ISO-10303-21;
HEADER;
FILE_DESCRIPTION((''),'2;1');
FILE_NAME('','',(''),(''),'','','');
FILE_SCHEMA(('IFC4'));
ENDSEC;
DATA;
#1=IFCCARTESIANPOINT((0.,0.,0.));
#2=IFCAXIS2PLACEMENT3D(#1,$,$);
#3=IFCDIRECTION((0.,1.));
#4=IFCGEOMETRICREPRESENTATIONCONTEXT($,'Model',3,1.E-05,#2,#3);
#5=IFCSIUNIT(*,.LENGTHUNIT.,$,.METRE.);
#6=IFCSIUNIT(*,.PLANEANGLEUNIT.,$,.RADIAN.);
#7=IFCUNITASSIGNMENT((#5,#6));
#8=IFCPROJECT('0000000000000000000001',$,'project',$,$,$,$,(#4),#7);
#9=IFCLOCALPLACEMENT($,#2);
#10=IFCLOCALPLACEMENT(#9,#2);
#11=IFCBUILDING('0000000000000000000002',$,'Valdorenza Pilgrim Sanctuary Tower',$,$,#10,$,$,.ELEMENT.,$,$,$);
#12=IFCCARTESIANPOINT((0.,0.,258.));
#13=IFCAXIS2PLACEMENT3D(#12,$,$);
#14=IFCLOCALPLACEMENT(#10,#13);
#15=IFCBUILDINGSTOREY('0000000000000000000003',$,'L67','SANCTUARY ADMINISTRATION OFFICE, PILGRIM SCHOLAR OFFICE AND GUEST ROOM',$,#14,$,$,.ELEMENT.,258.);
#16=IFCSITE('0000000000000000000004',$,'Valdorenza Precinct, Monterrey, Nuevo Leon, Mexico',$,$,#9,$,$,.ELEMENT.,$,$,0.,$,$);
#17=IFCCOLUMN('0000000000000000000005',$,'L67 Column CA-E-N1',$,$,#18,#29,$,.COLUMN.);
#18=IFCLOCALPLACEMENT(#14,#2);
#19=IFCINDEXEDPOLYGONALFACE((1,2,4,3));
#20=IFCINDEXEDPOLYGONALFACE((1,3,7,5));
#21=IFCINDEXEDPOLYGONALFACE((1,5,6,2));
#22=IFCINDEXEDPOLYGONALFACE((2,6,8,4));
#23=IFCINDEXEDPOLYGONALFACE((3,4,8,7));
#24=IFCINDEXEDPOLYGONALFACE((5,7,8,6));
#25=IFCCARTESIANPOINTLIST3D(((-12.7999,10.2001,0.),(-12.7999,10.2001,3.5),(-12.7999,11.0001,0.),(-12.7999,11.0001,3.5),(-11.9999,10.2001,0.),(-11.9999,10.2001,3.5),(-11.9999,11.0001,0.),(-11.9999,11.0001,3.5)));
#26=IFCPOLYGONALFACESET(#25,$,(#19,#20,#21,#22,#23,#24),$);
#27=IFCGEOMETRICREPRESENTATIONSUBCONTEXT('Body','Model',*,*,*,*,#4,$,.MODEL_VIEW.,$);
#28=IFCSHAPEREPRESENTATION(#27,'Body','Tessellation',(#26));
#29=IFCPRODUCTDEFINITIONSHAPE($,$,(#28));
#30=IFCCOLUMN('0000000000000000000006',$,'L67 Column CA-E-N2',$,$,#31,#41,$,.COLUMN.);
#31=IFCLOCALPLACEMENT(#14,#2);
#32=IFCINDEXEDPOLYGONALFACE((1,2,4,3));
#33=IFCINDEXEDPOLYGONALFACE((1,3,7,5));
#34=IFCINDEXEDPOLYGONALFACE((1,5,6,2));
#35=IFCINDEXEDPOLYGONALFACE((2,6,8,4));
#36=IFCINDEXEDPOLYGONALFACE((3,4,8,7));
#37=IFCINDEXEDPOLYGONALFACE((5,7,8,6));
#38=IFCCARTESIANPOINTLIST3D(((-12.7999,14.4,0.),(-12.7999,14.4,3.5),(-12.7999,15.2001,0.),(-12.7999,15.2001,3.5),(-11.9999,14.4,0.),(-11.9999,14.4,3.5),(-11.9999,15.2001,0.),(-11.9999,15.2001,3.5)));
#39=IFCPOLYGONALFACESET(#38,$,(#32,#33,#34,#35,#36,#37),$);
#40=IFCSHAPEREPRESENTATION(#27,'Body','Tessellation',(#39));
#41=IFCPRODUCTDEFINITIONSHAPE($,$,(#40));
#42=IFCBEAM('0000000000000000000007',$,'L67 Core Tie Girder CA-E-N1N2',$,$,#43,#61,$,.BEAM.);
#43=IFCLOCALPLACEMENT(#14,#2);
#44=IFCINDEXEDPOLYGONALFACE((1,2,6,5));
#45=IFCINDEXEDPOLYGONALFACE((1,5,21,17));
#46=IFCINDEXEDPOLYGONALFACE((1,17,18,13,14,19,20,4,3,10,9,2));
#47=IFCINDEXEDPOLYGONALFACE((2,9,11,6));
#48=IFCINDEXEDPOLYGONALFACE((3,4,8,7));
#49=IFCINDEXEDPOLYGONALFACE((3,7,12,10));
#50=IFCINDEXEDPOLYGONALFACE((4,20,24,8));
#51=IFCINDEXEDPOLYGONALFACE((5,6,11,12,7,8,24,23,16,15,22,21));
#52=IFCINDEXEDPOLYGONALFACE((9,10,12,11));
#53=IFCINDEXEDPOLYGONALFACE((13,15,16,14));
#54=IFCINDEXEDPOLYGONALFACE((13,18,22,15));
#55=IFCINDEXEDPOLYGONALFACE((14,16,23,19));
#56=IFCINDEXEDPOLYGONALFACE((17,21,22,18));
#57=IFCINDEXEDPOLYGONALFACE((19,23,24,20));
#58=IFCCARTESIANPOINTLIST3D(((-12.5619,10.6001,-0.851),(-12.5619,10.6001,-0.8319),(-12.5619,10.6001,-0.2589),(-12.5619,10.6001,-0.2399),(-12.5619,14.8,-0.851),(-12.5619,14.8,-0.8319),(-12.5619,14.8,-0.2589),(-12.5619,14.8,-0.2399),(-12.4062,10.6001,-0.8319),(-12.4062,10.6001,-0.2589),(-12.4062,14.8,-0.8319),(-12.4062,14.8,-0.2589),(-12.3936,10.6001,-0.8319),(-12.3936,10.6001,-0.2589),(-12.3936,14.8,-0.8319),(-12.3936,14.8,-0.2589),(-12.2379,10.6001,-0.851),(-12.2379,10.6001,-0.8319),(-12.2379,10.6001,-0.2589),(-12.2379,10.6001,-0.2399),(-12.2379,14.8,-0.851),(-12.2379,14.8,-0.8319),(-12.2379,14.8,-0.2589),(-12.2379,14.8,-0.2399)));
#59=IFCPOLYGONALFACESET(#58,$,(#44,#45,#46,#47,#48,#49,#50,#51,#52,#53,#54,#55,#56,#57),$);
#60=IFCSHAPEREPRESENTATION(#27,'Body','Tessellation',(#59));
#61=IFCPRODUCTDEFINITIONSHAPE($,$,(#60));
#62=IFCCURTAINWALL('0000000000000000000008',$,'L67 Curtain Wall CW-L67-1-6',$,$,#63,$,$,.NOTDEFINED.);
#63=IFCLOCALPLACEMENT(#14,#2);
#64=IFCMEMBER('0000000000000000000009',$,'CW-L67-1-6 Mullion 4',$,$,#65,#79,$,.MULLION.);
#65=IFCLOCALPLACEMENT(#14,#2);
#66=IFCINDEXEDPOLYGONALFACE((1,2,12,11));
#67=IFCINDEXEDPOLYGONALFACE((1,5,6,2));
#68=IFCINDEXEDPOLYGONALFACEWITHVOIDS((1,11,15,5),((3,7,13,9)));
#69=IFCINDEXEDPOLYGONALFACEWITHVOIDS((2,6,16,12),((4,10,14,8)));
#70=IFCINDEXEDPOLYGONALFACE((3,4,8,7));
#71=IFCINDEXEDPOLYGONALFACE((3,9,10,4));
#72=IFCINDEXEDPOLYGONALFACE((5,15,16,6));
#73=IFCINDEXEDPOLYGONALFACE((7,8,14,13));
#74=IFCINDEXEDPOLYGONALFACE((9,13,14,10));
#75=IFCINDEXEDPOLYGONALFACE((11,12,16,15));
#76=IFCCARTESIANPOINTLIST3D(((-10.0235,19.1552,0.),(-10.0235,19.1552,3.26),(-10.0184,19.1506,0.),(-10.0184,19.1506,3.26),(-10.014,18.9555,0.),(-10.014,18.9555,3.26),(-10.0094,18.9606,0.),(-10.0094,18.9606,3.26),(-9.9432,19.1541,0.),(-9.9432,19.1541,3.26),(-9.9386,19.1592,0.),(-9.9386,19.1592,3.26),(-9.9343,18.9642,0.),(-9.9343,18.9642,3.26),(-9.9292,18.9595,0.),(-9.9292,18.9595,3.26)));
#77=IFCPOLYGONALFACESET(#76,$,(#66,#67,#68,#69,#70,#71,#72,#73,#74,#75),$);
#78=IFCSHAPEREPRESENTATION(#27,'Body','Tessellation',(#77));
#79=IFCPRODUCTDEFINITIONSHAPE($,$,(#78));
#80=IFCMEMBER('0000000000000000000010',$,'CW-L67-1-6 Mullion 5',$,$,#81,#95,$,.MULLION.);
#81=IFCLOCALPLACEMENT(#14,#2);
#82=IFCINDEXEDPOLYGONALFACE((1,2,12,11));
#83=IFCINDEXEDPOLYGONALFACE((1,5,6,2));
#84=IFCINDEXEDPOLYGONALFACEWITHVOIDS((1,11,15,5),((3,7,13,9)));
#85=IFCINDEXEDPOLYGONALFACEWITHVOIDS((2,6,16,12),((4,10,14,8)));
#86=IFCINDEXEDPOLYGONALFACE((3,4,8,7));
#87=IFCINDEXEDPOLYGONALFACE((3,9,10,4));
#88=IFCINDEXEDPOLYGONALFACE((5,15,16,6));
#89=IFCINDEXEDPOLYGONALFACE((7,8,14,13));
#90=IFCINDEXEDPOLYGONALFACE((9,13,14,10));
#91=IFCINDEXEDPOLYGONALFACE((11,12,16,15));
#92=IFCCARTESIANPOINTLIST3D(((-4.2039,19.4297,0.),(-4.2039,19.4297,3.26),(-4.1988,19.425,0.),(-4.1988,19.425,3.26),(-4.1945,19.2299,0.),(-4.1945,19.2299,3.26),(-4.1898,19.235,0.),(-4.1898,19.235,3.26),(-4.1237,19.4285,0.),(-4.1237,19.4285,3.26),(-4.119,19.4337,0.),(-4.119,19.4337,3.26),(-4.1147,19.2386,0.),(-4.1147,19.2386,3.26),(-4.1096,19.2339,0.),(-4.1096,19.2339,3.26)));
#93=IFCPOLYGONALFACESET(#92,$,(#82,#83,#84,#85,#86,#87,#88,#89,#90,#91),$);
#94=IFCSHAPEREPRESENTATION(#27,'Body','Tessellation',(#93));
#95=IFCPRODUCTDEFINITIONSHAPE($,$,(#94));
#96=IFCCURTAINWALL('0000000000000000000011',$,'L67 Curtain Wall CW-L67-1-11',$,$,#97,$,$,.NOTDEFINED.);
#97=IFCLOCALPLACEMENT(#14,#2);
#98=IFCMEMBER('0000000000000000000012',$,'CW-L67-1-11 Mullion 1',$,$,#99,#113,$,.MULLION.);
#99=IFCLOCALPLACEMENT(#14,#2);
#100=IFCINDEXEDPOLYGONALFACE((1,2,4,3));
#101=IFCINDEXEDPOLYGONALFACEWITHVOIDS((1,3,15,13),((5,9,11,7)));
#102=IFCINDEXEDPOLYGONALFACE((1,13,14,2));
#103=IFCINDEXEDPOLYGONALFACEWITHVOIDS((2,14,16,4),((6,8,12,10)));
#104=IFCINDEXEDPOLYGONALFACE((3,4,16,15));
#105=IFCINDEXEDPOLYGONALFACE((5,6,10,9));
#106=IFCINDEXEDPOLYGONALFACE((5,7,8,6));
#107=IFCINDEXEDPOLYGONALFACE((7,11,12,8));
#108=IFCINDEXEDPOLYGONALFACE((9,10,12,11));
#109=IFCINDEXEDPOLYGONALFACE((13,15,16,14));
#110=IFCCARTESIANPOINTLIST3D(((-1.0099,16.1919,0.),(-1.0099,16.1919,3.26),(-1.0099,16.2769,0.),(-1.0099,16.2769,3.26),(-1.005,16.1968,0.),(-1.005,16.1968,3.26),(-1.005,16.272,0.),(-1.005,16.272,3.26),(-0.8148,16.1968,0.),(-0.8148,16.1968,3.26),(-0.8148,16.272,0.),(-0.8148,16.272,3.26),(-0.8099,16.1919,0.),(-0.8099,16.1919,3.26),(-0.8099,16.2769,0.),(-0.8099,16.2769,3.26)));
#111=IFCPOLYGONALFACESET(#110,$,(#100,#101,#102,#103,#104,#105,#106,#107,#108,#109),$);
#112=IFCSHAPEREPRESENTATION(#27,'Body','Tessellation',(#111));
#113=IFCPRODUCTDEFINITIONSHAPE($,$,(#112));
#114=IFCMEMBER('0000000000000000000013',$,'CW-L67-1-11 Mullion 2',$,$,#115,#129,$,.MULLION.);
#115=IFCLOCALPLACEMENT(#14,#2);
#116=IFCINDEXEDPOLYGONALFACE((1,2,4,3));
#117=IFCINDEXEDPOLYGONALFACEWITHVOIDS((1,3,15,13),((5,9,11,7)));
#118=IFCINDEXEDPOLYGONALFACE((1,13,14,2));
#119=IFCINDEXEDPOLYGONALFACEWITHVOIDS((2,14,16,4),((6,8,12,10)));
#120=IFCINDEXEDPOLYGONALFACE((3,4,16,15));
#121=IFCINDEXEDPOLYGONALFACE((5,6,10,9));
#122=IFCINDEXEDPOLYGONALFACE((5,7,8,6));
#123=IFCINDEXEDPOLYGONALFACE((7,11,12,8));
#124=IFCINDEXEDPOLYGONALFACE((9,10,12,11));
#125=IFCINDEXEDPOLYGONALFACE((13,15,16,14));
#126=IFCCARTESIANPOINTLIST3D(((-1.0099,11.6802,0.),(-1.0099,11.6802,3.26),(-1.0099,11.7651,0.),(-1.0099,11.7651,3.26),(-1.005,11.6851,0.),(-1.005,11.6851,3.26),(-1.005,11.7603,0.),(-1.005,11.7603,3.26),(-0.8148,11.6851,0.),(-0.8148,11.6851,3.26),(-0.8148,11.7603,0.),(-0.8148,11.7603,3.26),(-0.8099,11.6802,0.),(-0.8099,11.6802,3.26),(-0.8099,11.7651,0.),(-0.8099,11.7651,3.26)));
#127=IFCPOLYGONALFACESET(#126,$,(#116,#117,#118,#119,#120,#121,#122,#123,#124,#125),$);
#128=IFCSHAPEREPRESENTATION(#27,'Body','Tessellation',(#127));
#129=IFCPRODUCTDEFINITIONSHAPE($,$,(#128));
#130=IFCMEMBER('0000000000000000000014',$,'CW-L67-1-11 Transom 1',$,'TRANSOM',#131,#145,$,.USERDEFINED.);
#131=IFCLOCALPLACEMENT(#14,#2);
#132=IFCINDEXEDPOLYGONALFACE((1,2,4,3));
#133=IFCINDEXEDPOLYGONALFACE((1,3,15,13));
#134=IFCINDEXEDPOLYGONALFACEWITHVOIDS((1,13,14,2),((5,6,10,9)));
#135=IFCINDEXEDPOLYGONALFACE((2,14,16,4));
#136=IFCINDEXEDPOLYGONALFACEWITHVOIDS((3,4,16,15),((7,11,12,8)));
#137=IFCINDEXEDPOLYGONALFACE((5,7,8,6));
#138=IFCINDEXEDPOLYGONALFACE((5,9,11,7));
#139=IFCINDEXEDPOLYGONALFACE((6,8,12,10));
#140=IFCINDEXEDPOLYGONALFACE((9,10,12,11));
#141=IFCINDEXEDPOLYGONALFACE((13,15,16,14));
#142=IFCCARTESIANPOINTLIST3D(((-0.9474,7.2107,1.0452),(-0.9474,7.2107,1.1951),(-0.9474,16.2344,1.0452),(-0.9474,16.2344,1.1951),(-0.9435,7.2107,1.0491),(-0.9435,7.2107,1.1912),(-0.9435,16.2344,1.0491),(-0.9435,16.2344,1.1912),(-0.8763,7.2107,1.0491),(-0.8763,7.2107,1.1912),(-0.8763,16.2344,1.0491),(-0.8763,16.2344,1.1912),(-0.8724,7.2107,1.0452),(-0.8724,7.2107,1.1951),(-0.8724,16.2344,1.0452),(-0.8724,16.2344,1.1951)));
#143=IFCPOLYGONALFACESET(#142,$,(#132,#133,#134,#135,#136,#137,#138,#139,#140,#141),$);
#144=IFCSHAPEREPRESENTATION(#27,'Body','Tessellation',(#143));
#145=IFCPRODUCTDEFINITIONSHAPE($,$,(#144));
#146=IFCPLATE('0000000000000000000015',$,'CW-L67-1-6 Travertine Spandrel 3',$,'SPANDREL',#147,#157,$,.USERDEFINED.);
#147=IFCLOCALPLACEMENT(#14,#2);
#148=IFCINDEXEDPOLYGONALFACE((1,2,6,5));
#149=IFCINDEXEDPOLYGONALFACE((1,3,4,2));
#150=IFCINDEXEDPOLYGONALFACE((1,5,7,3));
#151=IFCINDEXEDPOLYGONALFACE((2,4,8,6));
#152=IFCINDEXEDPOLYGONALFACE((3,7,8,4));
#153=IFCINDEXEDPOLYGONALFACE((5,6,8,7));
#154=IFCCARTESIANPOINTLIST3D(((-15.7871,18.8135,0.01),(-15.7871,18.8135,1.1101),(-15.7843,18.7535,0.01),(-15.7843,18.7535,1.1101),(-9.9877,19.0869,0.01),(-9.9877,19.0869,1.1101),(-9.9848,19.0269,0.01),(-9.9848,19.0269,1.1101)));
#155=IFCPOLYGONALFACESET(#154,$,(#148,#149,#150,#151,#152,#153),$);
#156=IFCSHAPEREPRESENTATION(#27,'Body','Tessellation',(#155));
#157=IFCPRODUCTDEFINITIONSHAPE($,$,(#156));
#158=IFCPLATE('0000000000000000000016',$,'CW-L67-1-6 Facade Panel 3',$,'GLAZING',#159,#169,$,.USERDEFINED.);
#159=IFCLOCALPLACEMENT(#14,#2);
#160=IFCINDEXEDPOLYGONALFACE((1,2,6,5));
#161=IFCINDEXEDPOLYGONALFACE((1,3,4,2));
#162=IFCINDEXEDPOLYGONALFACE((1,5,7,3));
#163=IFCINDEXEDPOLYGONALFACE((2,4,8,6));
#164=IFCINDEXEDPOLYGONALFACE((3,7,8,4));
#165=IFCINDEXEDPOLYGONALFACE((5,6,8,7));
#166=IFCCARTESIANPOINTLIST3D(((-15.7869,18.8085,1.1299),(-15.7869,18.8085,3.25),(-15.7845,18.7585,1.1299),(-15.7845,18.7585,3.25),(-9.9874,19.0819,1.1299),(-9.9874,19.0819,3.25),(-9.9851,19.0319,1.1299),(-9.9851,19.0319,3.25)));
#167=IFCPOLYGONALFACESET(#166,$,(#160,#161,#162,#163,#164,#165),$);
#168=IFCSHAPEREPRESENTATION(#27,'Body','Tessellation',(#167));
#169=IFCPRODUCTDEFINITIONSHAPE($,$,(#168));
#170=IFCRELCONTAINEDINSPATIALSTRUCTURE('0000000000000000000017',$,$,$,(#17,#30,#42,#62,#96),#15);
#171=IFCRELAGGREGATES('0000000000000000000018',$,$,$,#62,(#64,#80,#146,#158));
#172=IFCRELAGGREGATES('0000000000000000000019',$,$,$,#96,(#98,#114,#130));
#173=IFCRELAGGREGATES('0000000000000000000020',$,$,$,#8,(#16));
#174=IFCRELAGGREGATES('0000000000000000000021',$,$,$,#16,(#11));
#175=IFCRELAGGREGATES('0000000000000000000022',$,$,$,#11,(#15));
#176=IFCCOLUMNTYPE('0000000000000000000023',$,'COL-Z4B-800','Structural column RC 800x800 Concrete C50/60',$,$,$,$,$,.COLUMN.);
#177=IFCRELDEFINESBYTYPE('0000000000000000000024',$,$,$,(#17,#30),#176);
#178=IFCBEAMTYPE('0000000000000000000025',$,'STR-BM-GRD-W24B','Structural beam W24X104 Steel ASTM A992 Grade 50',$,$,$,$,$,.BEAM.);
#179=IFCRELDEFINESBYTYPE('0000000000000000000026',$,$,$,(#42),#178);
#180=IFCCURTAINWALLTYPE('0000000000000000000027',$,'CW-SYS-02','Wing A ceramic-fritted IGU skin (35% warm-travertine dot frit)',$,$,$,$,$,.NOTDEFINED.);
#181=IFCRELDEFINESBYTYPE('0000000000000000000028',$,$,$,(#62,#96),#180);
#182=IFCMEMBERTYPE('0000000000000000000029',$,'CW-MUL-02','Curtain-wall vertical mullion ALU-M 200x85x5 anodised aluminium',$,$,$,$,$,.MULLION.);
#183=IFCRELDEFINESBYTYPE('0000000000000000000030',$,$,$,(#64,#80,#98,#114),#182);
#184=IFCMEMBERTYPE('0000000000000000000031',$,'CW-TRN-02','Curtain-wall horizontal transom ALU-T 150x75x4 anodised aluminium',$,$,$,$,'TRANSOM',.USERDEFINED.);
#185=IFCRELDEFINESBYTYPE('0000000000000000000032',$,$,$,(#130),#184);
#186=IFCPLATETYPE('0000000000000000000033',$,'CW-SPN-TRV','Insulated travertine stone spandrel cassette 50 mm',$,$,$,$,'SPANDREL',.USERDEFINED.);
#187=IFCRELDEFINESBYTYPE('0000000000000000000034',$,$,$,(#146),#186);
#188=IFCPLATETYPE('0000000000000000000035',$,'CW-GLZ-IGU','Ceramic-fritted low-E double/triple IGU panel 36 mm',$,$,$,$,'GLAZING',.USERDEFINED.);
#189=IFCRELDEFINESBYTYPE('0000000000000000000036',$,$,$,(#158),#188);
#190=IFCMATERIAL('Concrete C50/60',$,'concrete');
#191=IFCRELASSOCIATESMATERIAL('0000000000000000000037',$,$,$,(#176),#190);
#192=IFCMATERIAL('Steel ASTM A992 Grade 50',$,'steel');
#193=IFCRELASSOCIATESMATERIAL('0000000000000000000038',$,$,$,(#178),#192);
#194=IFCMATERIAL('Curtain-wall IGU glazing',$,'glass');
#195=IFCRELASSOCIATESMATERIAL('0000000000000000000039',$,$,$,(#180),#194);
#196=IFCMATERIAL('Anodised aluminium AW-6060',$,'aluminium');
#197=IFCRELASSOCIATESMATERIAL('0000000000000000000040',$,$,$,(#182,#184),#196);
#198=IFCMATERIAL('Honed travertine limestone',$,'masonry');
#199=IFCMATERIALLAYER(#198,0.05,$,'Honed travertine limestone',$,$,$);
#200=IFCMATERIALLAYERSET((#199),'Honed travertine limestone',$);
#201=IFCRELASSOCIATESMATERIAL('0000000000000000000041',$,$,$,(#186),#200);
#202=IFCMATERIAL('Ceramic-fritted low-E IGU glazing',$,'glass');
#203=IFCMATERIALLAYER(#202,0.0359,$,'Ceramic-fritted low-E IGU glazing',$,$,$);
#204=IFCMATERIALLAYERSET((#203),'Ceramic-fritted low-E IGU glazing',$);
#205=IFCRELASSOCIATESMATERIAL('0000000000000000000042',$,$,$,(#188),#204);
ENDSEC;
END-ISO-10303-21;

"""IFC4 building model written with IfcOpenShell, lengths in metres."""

from ifc_helpers import new_model, si_unit, direction, frame, origin, origin_2d, place, context, subcontext, project, spatial, rectangle, hollow_rectangle, i_section, extrude, source, transform, mapped, material, layer, layer_set, material_profile, profile_set, type_object, element, aggregate, save


model = new_model("IFC4")

# Units and contexts
model_context = context("Model", 3, precision=1e-05, world=origin(), true_north=direction((0.0, 1.0)))
body_context = subcontext(model_context, "Body", "Model", "MODEL_VIEW")
ifc_project = project(units=[si_unit("LENGTHUNIT", "METRE"), si_unit("PLANEANGLEUNIT", "RADIAN")], contexts=[model_context])

# Site, building, storey
site_placement = place(None, origin())
site = spatial("IfcSite", under=ifc_project, at=site_placement, Name="Valdorenza Precinct, Monterrey, Nuevo Leon, Mexico", CompositionType="ELEMENT", RefElevation=0.0)
building_placement = place(site_placement, origin())
building = spatial("IfcBuilding", under=site, at=building_placement, Name="Valdorenza Pilgrim Sanctuary Tower", CompositionType="ELEMENT")
storey_placement = place(building_placement, frame((0.0, 0.0, 258.0)))
storey = spatial("IfcBuildingStorey", under=building, at=storey_placement, Name="L67", Description="SANCTUARY ADMINISTRATION OFFICE, PILGRIM SCHOLAR OFFICE AND GUEST ROOM", CompositionType="ELEMENT", Elevation=258.0)

# Columns
ifc_material_1 = material(Name="Concrete C50/60", Category="concrete")
ifc_material_profile_1 = material_profile(ifc_material_1, rectangle(XDim=0.8, YDim=0.8, at=origin_2d()), Name="RC 800x800")
ifc_profile_set_1 = profile_set([ifc_material_profile_1], Name="Concrete C50/60")
column_type = type_object("IfcColumnType", Name="COL-Z4B-800", Description="Structural column RC 800x800 Concrete C50/60", PredefinedType="COLUMN", material=ifc_profile_set_1)
shared_shape_1 = source(origin(), body_context, "Body", "SweptSolid", [
    extrude(rectangle(XDim=0.8, YDim=0.8, at=origin_2d()), origin(), (0.0, 0.0, 1.0), 3.5),
])
for number, where, z_axis, x_axis, name in (
    (1, (-12.3999, 10.6001, 0.0), (0.0, 0.0, 1.0), (1.0, 0.0, 0.0), "L67 Column CA-E-N1"),
    (2, (-12.3999, 14.8, 0.0), (0.0, 0.0, 1.0), (1.0, 0.0, 0.0), "L67 Column CA-E-N2"),
):
    element("IfcColumn", number, at=place(storey_placement, frame(where, z_axis=z_axis, x_axis=x_axis)), inside=storey, type_object=column_type, Name=name, PredefinedType="COLUMN", context=body_context, shape_type="MappedRepresentation", body=[
        mapped(shared_shape_1, transform((0.0, 0.0, 0.0), x_axis=(1.0, 0.0, 0.0), y_axis=(0.0, 1.0, 0.0), z_axis=(0.0, 0.0, 1.0), scale=1.0)),
    ])

# Beam
ifc_material_2 = material(Name="Steel ASTM A992 Grade 50", Category="steel")
ifc_material_profile_2 = material_profile(ifc_material_2, i_section(OverallWidth=0.324, OverallDepth=0.6111, WebThickness=0.0127, FlangeThickness=0.019, at=origin_2d()), Name="W24X104")
ifc_profile_set_2 = profile_set([ifc_material_profile_2], Name="Steel ASTM A992 Grade 50")
beam_type = type_object("IfcBeamType", Name="STR-BM-GRD-W24B", Description="Structural beam W24X104 Steel ASTM A992 Grade 50", PredefinedType="BEAM", material=ifc_profile_set_2)
shared_shape_2 = source(origin(), body_context, "Body", "SweptSolid", [
    extrude(i_section(OverallWidth=0.324, OverallDepth=0.6111, WebThickness=0.0127, FlangeThickness=0.019, at=origin_2d()), origin(), (0.0, 0.0, 1.0), 4.2),
])
beam_placement = place(storey_placement, frame((-12.3999, 10.6001, -0.5454), z_axis=(0.0, 1.0, 0.0), x_axis=(-1.0, 0.0, 0.0)))
element("IfcBeam", 3, at=beam_placement, inside=storey, type_object=beam_type, Name="L67 Core Tie Girder CA-E-N1N2", PredefinedType="BEAM", context=body_context, shape_type="MappedRepresentation", body=[
    mapped(shared_shape_2, transform((0.0, 0.0, 0.0), x_axis=(1.0, 0.0, 0.0), y_axis=(0.0, 1.0, 0.0), z_axis=(0.0, 0.0, 1.0), scale=1.0)),
])

# Curtain walls, members
ifc_material_3 = material(Name="Curtain-wall IGU glazing", Category="glass")
curtain_wall_type = type_object("IfcCurtainWallType", Name="CW-SYS-02", Description="Wing A ceramic-fritted IGU skin (35% warm-travertine dot frit)", PredefinedType="NOTDEFINED", material=ifc_material_3)
curtain_wall_1_placement = place(storey_placement, origin())
curtain_wall_1 = element("IfcCurtainWall", 4, at=curtain_wall_1_placement, inside=storey, type_object=curtain_wall_type, Name="L67 Curtain Wall CW-L67-1-6", PredefinedType="NOTDEFINED")
ifc_material_4 = material(Name="Anodised aluminium AW-6060", Category="aluminium")
ifc_material_profile_3 = material_profile(ifc_material_4, hollow_rectangle(XDim=0.085, YDim=0.2, WallThickness=0.0049, at=origin_2d()), Name="ALU-M 200x85x5")
ifc_profile_set_3 = profile_set([ifc_material_profile_3], Name="Anodised aluminium AW-6060")
member_type_1 = type_object("IfcMemberType", Name="CW-MUL-02", Description="Curtain-wall vertical mullion ALU-M 200x85x5 anodised aluminium", PredefinedType="MULLION", material=ifc_profile_set_3)
shared_shape_3 = source(origin(), body_context, "Body", "SweptSolid", [
    extrude(hollow_rectangle(XDim=0.085, YDim=0.2, WallThickness=0.0049, at=origin_2d()), origin(), (0.0, 0.0, 1.0), 3.26),
])
member_1_placement = place(storey_placement, frame((-9.9763, 19.0574, 0.0), z_axis=(0.0, 0.0, 1.0), x_axis=(0.998891, 0.047089, 0.0)))
member_1 = element("IfcMember", 5, at=member_1_placement, type_object=member_type_1, Name="CW-L67-1-6 Mullion 4", PredefinedType="MULLION", context=body_context, shape_type="MappedRepresentation", body=[
    mapped(shared_shape_3, transform((0.0, 0.0, 0.0), x_axis=(1.0, 0.0, 0.0), y_axis=(0.0, 1.0, 0.0), z_axis=(0.0, 0.0, 1.0), scale=1.0)),
])
member_2_placement = place(storey_placement, frame((-4.1567, 19.3318, 0.0), z_axis=(0.0, 0.0, 1.0), x_axis=(0.998891, 0.047089, 0.0)))
member_2 = element("IfcMember", 6, at=member_2_placement, type_object=member_type_1, Name="CW-L67-1-6 Mullion 5", PredefinedType="MULLION", context=body_context, shape_type="MappedRepresentation", body=[
    mapped(shared_shape_3, transform((0.0, 0.0, 0.0), x_axis=(1.0, 0.0, 0.0), y_axis=(0.0, 1.0, 0.0), z_axis=(0.0, 0.0, 1.0), scale=1.0)),
])
curtain_wall_2_placement = place(storey_placement, origin())
curtain_wall_2 = element("IfcCurtainWall", 7, at=curtain_wall_2_placement, inside=storey, type_object=curtain_wall_type, Name="L67 Curtain Wall CW-L67-1-11", PredefinedType="NOTDEFINED")
member_3_placement = place(storey_placement, frame((-0.9099, 16.2344, 0.0), z_axis=(0.0, 0.0, 1.0), x_axis=(0.0, -1.0, 0.0)))
member_3 = element("IfcMember", 8, at=member_3_placement, type_object=member_type_1, Name="CW-L67-1-11 Mullion 1", PredefinedType="MULLION", context=body_context, shape_type="MappedRepresentation", body=[
    mapped(shared_shape_3, transform((0.0, 0.0, 0.0), x_axis=(1.0, 0.0, 0.0), y_axis=(0.0, 1.0, 0.0), z_axis=(0.0, 0.0, 1.0), scale=1.0)),
])
member_4_placement = place(storey_placement, frame((-0.9099, 11.7227, 0.0), z_axis=(0.0, 0.0, 1.0), x_axis=(0.0, -1.0, 0.0)))
member_4 = element("IfcMember", 9, at=member_4_placement, type_object=member_type_1, Name="CW-L67-1-11 Mullion 2", PredefinedType="MULLION", context=body_context, shape_type="MappedRepresentation", body=[
    mapped(shared_shape_3, transform((0.0, 0.0, 0.0), x_axis=(1.0, 0.0, 0.0), y_axis=(0.0, 1.0, 0.0), z_axis=(0.0, 0.0, 1.0), scale=1.0)),
])
ifc_material_profile_4 = material_profile(ifc_material_4, hollow_rectangle(XDim=0.075, YDim=0.1499, WallThickness=0.0039, at=origin_2d()), Name="ALU-T 150x75x4")
ifc_profile_set_4 = profile_set([ifc_material_profile_4], Name="Anodised aluminium AW-6060")
member_type_2 = type_object("IfcMemberType", Name="CW-TRN-02", Description="Curtain-wall horizontal transom ALU-T 150x75x4 anodised aluminium", ElementType="TRANSOM", PredefinedType="USERDEFINED", material=ifc_profile_set_4)
shared_shape_4 = source(origin(), body_context, "Body", "SweptSolid", [
    extrude(hollow_rectangle(XDim=0.075, YDim=0.1499, WallThickness=0.0039, at=origin_2d()), origin(), (0.0, 0.0, 1.0), 9.0237),
])
member_5_placement = place(storey_placement, frame((-0.9099, 16.2344, 1.1201), z_axis=(0.0, -1.0, 0.0), x_axis=(1.0, 0.0, 0.0)))
member_5 = element("IfcMember", 10, at=member_5_placement, type_object=member_type_2, Name="CW-L67-1-11 Transom 1", ObjectType="TRANSOM", PredefinedType="USERDEFINED", context=body_context, shape_type="MappedRepresentation", body=[
    mapped(shared_shape_4, transform((0.0, 0.0, 0.0), x_axis=(1.0, 0.0, 0.0), y_axis=(0.0, 1.0, 0.0), z_axis=(0.0, 0.0, 1.0), scale=1.0)),
])

# Plates
ifc_material_5 = material(Name="Honed travertine limestone", Category="masonry")
ifc_layer_1 = layer(ifc_material_5, 0.05, Name="Honed travertine limestone")
ifc_layer_set_1 = layer_set([ifc_layer_1], Name="Honed travertine limestone")
plate_type_1 = type_object("IfcPlateType", Name="CW-SPN-TRV", Description="Insulated travertine stone spandrel cassette 50 mm", ElementType="SPANDREL", PredefinedType="USERDEFINED", material=ifc_layer_set_1)
shared_shape_5 = source(origin(), body_context, "Body", "SweptSolid", [
    extrude(rectangle(XDim=5.8059, YDim=0.0601, at=origin_2d()), origin(), (0.0, 0.0, 1.0), 1.1001),
])
plate_1_placement = place(storey_placement, frame((-12.886, 18.9202, 0.01), z_axis=(0.0, 0.0, 1.0), x_axis=(0.998891, 0.047089, 0.0)))
plate_1 = element("IfcPlate", 11, at=plate_1_placement, type_object=plate_type_1, Name="CW-L67-1-6 Travertine Spandrel 3", ObjectType="SPANDREL", PredefinedType="USERDEFINED", context=body_context, shape_type="MappedRepresentation", body=[
    mapped(shared_shape_5, transform((0.0, 0.0, 0.0), x_axis=(1.0, 0.0, 0.0), y_axis=(0.0, 1.0, 0.0), z_axis=(0.0, 0.0, 1.0), scale=1.0)),
])
ifc_material_6 = material(Name="Ceramic-fritted low-E IGU glazing", Category="glass")
ifc_layer_2 = layer(ifc_material_6, 0.0359, Name="Ceramic-fritted low-E IGU glazing")
ifc_layer_set_2 = layer_set([ifc_layer_2], Name="Ceramic-fritted low-E IGU glazing")
plate_type_2 = type_object("IfcPlateType", Name="CW-GLZ-IGU", Description="Ceramic-fritted low-E double/triple IGU panel 36 mm", ElementType="GLAZING", PredefinedType="USERDEFINED", material=ifc_layer_set_2)
shared_shape_6 = source(origin(), body_context, "Body", "SweptSolid", [
    extrude(rectangle(XDim=5.8059, YDim=0.05, at=origin_2d()), origin(), (0.0, 0.0, 1.0), 2.1201),
])
plate_2_placement = place(storey_placement, frame((-12.886, 18.9202, 1.1299), z_axis=(0.0, 0.0, 1.0), x_axis=(0.998891, 0.047089, 0.0)))
plate_2 = element("IfcPlate", 12, at=plate_2_placement, type_object=plate_type_2, Name="CW-L67-1-6 Facade Panel 3", ObjectType="GLAZING", PredefinedType="USERDEFINED", context=body_context, shape_type="MappedRepresentation", body=[
    mapped(shared_shape_6, transform((0.0, 0.0, 0.0), x_axis=(1.0, 0.0, 0.0), y_axis=(0.0, 1.0, 0.0), z_axis=(0.0, 0.0, 1.0), scale=1.0)),
])
aggregate(curtain_wall_1, [member_1, member_2, plate_1, plate_2])
aggregate(curtain_wall_2, [member_3, member_4, member_5])

save(model, "model.ifc")
